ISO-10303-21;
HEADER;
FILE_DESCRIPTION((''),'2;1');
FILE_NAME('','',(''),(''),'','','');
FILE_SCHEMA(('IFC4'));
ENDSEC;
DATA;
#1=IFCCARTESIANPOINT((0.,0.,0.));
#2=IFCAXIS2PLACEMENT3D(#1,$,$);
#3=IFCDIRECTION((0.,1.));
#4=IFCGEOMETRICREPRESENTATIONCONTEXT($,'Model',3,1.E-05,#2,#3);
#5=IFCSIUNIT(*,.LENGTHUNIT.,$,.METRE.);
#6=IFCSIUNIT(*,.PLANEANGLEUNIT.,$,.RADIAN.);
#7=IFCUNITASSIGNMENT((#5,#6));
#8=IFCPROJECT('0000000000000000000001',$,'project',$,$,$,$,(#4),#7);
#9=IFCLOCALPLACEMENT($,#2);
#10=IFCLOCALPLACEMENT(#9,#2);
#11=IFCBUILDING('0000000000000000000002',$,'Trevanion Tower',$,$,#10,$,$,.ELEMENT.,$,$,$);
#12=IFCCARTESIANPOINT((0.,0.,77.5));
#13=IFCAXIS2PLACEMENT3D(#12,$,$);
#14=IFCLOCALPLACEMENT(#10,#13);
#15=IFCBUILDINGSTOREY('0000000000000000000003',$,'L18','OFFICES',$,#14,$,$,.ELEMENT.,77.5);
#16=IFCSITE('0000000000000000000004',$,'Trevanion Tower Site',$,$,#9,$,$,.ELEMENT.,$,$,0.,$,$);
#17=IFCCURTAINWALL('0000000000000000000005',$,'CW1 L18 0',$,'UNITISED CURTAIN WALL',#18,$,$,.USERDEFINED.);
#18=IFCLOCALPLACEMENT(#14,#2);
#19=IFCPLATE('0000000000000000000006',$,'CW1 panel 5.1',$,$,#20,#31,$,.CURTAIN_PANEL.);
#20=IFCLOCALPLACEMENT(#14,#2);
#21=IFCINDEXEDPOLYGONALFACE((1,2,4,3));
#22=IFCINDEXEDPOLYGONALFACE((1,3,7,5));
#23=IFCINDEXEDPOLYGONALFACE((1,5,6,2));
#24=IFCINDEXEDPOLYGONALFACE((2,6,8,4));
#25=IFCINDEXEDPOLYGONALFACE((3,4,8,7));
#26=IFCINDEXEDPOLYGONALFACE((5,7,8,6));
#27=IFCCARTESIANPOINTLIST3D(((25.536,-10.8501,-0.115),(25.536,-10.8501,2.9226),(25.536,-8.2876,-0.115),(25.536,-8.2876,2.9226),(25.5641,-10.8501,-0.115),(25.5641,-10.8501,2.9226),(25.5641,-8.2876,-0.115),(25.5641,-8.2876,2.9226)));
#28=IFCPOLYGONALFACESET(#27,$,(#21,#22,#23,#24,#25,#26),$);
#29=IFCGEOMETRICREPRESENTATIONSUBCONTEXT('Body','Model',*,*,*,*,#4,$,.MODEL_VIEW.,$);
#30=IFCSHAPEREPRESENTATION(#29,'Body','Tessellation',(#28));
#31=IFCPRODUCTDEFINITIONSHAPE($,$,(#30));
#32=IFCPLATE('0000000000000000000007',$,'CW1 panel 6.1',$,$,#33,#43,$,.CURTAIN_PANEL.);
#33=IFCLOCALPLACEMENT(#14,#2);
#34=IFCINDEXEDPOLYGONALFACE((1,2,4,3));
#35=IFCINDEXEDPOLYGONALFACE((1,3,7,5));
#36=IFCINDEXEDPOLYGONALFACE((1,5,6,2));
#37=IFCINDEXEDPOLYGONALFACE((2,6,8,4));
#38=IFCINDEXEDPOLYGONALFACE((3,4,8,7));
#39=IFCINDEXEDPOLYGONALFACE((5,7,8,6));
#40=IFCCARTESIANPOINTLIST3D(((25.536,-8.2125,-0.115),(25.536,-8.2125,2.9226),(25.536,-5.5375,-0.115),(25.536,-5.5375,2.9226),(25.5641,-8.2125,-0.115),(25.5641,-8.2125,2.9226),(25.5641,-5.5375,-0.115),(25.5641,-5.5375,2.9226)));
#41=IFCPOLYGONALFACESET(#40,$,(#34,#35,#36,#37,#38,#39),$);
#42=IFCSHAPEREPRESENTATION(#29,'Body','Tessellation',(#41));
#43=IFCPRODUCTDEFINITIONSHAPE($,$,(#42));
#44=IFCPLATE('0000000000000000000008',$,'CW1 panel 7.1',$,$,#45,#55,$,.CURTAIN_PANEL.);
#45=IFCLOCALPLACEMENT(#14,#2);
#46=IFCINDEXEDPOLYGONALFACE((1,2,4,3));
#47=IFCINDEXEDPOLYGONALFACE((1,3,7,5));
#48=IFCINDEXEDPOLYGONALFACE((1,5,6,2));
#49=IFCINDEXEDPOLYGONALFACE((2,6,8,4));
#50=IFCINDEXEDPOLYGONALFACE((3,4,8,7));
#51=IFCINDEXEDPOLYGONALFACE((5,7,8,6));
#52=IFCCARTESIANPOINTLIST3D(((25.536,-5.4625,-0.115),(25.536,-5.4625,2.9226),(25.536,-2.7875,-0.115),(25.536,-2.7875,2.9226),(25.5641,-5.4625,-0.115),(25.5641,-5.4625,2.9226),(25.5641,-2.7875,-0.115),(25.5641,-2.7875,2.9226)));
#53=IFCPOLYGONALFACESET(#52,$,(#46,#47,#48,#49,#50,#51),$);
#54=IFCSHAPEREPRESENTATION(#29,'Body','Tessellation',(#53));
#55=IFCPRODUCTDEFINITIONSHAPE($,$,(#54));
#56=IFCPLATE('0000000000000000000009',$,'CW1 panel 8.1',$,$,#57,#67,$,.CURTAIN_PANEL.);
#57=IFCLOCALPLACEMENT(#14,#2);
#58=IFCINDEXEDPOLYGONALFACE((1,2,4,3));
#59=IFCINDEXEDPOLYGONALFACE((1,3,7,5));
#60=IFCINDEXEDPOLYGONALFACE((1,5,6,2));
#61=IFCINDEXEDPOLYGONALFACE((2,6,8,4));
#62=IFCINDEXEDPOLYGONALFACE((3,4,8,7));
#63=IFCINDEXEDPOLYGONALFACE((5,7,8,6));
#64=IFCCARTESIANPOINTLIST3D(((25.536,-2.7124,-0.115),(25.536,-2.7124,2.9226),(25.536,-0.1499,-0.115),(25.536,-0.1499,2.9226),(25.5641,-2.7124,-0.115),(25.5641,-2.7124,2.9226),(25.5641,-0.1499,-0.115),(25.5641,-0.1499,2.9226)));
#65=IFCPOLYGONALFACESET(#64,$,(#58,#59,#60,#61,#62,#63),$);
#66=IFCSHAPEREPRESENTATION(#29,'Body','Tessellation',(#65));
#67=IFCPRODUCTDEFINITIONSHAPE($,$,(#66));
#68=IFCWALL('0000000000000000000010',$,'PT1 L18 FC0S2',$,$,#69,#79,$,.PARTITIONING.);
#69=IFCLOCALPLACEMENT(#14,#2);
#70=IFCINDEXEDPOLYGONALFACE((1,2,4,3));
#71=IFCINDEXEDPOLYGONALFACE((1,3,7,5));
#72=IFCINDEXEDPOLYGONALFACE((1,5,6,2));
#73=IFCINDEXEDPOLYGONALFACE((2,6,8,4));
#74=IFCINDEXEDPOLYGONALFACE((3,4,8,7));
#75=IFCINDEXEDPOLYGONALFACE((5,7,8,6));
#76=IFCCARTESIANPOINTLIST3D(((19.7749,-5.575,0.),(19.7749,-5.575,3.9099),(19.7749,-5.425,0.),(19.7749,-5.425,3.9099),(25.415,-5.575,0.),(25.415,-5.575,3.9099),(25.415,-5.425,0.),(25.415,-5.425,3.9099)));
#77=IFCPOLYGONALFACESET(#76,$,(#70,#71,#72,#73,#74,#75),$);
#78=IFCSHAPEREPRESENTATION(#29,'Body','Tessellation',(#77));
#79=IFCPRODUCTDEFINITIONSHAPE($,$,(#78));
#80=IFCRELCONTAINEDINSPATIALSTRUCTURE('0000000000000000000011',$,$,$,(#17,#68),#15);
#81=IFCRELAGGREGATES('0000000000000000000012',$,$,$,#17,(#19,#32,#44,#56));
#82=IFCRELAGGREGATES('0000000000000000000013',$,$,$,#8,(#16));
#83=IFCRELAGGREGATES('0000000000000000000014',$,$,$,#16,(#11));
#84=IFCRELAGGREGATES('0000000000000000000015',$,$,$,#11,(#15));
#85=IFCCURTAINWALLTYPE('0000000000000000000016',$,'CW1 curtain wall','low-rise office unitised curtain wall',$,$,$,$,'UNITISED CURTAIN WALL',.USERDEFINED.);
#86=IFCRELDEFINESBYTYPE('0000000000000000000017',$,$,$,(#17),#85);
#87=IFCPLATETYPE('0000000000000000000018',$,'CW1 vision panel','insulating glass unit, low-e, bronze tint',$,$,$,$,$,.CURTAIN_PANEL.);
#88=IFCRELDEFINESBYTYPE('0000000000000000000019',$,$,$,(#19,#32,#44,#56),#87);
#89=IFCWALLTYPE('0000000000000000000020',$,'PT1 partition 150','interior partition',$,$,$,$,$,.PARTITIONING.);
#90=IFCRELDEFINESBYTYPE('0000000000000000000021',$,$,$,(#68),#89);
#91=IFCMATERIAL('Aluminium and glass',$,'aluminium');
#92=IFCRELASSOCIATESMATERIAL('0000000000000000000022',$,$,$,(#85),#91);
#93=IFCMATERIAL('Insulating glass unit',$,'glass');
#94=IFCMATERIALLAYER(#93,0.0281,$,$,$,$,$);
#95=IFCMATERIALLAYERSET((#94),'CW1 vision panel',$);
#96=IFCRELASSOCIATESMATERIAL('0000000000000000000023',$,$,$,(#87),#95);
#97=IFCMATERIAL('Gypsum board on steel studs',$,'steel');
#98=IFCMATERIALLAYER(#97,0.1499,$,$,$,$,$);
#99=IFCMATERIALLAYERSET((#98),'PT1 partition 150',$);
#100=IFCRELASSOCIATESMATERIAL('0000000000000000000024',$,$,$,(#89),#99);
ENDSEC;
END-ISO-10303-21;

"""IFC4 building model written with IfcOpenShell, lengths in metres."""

from ifc_helpers import new_model, si_unit, direction, frame, frame_2d, origin, origin_2d, place, context, subcontext, project, spatial, rectangle, extrude, material, layer, layer_set, type_object, element, aggregate, save


model = new_model("IFC4")

# Units and contexts
model_context = context("Model", 3, precision=1e-05, world=origin(), true_north=direction((0.0, 1.0)))
body_context = subcontext(model_context, "Body", "Model", "MODEL_VIEW")
ifc_project = project(units=[si_unit("LENGTHUNIT", "METRE"), si_unit("PLANEANGLEUNIT", "RADIAN")], contexts=[model_context])

# Site, building, storey
site_placement = place(None, origin())
site = spatial("IfcSite", under=ifc_project, at=site_placement, Name="Trevanion Tower Site", CompositionType="ELEMENT", RefElevation=0.0)
building_placement = place(site_placement, origin())
building = spatial("IfcBuilding", under=site, at=building_placement, Name="Trevanion Tower", CompositionType="ELEMENT")
storey_placement = place(building_placement, frame((0.0, 0.0, 77.5)))
storey = spatial("IfcBuildingStorey", under=building, at=storey_placement, Name="L18", Description="OFFICES", CompositionType="ELEMENT", Elevation=77.5)

# Curtain wall, plates
ifc_material_1 = material(Name="Aluminium and glass", Category="aluminium")
curtain_wall_type = type_object("IfcCurtainWallType", Name="CW1 curtain wall", Description="low-rise office unitised curtain wall", ElementType="UNITISED CURTAIN WALL", PredefinedType="USERDEFINED", material=ifc_material_1)
curtain_wall_placement = place(storey_placement, origin())
curtain_wall = element("IfcCurtainWall", 1, at=curtain_wall_placement, inside=storey, type_object=curtain_wall_type, Name="CW1 L18 0", ObjectType="UNITISED CURTAIN WALL", PredefinedType="USERDEFINED")
ifc_material_2 = material(Name="Insulating glass unit", Category="glass")
ifc_layer_1 = layer(ifc_material_2, 0.0281)
ifc_layer_set_1 = layer_set([ifc_layer_1], Name="CW1 vision panel")
plate_type_1 = type_object("IfcPlateType", Name="CW1 vision panel", Description="insulating glass unit, low-e, bronze tint", PredefinedType="CURTAIN_PANEL", material=ifc_layer_set_1)
plate_1_placement = place(storey_placement, frame((25.55, -9.5688, -0.115), z_axis=(0.0, 0.0, 1.0), x_axis=(0.0, 1.0, 0.0)))
plate_1 = element("IfcPlate", 2, at=plate_1_placement, type_object=plate_type_1, Name="CW1 panel 5.1", PredefinedType="CURTAIN_PANEL", context=body_context, shape_type="SweptSolid", body=[
    extrude(rectangle(XDim=2.5625, YDim=0.0281, at=origin_2d()), origin(), (0.0, 0.0, 1.0), 3.0376),
])
plate_2_placement = place(storey_placement, frame((25.55, -6.875, -0.115), z_axis=(0.0, 0.0, 1.0), x_axis=(0.0, 1.0, 0.0)))
plate_2 = element("IfcPlate", 3, at=plate_2_placement, type_object=plate_type_1, Name="CW1 panel 6.1", PredefinedType="CURTAIN_PANEL", context=body_context, shape_type="SweptSolid", body=[
    extrude(rectangle(XDim=2.675, YDim=0.0281, at=origin_2d()), origin(), (0.0, 0.0, 1.0), 3.0376),
])
plate_3_placement = place(storey_placement, frame((25.55, -4.125, -0.115), z_axis=(0.0, 0.0, 1.0), x_axis=(0.0, 1.0, 0.0)))
plate_3 = element("IfcPlate", 4, at=plate_3_placement, type_object=plate_type_1, Name="CW1 panel 7.1", PredefinedType="CURTAIN_PANEL", context=body_context, shape_type="SweptSolid", body=[
    extrude(rectangle(XDim=2.675, YDim=0.0281, at=origin_2d()), origin(), (0.0, 0.0, 1.0), 3.0376),
])
plate_4_placement = place(storey_placement, frame((25.55, -1.4312, -0.115), z_axis=(0.0, 0.0, 1.0), x_axis=(0.0, 1.0, 0.0)))
plate_4 = element("IfcPlate", 5, at=plate_4_placement, type_object=plate_type_1, Name="CW1 panel 8.1", PredefinedType="CURTAIN_PANEL", context=body_context, shape_type="SweptSolid", body=[
    extrude(rectangle(XDim=2.5625, YDim=0.0281, at=origin_2d()), origin(), (0.0, 0.0, 1.0), 3.0376),
])
aggregate(curtain_wall, [plate_1, plate_2, plate_3, plate_4])

# Wall
ifc_material_3 = material(Name="Gypsum board on steel studs", Category="steel")
ifc_layer_2 = layer(ifc_material_3, 0.1499)
ifc_layer_set_2 = layer_set([ifc_layer_2], Name="PT1 partition 150")
wall_type = type_object("IfcWallType", Name="PT1 partition 150", Description="interior partition", PredefinedType="PARTITIONING", material=ifc_layer_set_2)
wall_placement = place(storey_placement, frame((19.7749, -5.5, 0.0), z_axis=(0.0, 0.0, 1.0), x_axis=(1.0, 0.0, 0.0)))
element("IfcWall", 6, at=wall_placement, inside=storey, type_object=wall_type, Name="PT1 L18 FC0S2", PredefinedType="PARTITIONING", context=body_context, shape_type="SweptSolid", body=[
    extrude(rectangle(XDim=5.6401, YDim=0.1499, at=frame_2d((2.8201, 0.0))), origin(), (0.0, 0.0, 1.0), 3.9099),
])

save(model, "model.ifc")
